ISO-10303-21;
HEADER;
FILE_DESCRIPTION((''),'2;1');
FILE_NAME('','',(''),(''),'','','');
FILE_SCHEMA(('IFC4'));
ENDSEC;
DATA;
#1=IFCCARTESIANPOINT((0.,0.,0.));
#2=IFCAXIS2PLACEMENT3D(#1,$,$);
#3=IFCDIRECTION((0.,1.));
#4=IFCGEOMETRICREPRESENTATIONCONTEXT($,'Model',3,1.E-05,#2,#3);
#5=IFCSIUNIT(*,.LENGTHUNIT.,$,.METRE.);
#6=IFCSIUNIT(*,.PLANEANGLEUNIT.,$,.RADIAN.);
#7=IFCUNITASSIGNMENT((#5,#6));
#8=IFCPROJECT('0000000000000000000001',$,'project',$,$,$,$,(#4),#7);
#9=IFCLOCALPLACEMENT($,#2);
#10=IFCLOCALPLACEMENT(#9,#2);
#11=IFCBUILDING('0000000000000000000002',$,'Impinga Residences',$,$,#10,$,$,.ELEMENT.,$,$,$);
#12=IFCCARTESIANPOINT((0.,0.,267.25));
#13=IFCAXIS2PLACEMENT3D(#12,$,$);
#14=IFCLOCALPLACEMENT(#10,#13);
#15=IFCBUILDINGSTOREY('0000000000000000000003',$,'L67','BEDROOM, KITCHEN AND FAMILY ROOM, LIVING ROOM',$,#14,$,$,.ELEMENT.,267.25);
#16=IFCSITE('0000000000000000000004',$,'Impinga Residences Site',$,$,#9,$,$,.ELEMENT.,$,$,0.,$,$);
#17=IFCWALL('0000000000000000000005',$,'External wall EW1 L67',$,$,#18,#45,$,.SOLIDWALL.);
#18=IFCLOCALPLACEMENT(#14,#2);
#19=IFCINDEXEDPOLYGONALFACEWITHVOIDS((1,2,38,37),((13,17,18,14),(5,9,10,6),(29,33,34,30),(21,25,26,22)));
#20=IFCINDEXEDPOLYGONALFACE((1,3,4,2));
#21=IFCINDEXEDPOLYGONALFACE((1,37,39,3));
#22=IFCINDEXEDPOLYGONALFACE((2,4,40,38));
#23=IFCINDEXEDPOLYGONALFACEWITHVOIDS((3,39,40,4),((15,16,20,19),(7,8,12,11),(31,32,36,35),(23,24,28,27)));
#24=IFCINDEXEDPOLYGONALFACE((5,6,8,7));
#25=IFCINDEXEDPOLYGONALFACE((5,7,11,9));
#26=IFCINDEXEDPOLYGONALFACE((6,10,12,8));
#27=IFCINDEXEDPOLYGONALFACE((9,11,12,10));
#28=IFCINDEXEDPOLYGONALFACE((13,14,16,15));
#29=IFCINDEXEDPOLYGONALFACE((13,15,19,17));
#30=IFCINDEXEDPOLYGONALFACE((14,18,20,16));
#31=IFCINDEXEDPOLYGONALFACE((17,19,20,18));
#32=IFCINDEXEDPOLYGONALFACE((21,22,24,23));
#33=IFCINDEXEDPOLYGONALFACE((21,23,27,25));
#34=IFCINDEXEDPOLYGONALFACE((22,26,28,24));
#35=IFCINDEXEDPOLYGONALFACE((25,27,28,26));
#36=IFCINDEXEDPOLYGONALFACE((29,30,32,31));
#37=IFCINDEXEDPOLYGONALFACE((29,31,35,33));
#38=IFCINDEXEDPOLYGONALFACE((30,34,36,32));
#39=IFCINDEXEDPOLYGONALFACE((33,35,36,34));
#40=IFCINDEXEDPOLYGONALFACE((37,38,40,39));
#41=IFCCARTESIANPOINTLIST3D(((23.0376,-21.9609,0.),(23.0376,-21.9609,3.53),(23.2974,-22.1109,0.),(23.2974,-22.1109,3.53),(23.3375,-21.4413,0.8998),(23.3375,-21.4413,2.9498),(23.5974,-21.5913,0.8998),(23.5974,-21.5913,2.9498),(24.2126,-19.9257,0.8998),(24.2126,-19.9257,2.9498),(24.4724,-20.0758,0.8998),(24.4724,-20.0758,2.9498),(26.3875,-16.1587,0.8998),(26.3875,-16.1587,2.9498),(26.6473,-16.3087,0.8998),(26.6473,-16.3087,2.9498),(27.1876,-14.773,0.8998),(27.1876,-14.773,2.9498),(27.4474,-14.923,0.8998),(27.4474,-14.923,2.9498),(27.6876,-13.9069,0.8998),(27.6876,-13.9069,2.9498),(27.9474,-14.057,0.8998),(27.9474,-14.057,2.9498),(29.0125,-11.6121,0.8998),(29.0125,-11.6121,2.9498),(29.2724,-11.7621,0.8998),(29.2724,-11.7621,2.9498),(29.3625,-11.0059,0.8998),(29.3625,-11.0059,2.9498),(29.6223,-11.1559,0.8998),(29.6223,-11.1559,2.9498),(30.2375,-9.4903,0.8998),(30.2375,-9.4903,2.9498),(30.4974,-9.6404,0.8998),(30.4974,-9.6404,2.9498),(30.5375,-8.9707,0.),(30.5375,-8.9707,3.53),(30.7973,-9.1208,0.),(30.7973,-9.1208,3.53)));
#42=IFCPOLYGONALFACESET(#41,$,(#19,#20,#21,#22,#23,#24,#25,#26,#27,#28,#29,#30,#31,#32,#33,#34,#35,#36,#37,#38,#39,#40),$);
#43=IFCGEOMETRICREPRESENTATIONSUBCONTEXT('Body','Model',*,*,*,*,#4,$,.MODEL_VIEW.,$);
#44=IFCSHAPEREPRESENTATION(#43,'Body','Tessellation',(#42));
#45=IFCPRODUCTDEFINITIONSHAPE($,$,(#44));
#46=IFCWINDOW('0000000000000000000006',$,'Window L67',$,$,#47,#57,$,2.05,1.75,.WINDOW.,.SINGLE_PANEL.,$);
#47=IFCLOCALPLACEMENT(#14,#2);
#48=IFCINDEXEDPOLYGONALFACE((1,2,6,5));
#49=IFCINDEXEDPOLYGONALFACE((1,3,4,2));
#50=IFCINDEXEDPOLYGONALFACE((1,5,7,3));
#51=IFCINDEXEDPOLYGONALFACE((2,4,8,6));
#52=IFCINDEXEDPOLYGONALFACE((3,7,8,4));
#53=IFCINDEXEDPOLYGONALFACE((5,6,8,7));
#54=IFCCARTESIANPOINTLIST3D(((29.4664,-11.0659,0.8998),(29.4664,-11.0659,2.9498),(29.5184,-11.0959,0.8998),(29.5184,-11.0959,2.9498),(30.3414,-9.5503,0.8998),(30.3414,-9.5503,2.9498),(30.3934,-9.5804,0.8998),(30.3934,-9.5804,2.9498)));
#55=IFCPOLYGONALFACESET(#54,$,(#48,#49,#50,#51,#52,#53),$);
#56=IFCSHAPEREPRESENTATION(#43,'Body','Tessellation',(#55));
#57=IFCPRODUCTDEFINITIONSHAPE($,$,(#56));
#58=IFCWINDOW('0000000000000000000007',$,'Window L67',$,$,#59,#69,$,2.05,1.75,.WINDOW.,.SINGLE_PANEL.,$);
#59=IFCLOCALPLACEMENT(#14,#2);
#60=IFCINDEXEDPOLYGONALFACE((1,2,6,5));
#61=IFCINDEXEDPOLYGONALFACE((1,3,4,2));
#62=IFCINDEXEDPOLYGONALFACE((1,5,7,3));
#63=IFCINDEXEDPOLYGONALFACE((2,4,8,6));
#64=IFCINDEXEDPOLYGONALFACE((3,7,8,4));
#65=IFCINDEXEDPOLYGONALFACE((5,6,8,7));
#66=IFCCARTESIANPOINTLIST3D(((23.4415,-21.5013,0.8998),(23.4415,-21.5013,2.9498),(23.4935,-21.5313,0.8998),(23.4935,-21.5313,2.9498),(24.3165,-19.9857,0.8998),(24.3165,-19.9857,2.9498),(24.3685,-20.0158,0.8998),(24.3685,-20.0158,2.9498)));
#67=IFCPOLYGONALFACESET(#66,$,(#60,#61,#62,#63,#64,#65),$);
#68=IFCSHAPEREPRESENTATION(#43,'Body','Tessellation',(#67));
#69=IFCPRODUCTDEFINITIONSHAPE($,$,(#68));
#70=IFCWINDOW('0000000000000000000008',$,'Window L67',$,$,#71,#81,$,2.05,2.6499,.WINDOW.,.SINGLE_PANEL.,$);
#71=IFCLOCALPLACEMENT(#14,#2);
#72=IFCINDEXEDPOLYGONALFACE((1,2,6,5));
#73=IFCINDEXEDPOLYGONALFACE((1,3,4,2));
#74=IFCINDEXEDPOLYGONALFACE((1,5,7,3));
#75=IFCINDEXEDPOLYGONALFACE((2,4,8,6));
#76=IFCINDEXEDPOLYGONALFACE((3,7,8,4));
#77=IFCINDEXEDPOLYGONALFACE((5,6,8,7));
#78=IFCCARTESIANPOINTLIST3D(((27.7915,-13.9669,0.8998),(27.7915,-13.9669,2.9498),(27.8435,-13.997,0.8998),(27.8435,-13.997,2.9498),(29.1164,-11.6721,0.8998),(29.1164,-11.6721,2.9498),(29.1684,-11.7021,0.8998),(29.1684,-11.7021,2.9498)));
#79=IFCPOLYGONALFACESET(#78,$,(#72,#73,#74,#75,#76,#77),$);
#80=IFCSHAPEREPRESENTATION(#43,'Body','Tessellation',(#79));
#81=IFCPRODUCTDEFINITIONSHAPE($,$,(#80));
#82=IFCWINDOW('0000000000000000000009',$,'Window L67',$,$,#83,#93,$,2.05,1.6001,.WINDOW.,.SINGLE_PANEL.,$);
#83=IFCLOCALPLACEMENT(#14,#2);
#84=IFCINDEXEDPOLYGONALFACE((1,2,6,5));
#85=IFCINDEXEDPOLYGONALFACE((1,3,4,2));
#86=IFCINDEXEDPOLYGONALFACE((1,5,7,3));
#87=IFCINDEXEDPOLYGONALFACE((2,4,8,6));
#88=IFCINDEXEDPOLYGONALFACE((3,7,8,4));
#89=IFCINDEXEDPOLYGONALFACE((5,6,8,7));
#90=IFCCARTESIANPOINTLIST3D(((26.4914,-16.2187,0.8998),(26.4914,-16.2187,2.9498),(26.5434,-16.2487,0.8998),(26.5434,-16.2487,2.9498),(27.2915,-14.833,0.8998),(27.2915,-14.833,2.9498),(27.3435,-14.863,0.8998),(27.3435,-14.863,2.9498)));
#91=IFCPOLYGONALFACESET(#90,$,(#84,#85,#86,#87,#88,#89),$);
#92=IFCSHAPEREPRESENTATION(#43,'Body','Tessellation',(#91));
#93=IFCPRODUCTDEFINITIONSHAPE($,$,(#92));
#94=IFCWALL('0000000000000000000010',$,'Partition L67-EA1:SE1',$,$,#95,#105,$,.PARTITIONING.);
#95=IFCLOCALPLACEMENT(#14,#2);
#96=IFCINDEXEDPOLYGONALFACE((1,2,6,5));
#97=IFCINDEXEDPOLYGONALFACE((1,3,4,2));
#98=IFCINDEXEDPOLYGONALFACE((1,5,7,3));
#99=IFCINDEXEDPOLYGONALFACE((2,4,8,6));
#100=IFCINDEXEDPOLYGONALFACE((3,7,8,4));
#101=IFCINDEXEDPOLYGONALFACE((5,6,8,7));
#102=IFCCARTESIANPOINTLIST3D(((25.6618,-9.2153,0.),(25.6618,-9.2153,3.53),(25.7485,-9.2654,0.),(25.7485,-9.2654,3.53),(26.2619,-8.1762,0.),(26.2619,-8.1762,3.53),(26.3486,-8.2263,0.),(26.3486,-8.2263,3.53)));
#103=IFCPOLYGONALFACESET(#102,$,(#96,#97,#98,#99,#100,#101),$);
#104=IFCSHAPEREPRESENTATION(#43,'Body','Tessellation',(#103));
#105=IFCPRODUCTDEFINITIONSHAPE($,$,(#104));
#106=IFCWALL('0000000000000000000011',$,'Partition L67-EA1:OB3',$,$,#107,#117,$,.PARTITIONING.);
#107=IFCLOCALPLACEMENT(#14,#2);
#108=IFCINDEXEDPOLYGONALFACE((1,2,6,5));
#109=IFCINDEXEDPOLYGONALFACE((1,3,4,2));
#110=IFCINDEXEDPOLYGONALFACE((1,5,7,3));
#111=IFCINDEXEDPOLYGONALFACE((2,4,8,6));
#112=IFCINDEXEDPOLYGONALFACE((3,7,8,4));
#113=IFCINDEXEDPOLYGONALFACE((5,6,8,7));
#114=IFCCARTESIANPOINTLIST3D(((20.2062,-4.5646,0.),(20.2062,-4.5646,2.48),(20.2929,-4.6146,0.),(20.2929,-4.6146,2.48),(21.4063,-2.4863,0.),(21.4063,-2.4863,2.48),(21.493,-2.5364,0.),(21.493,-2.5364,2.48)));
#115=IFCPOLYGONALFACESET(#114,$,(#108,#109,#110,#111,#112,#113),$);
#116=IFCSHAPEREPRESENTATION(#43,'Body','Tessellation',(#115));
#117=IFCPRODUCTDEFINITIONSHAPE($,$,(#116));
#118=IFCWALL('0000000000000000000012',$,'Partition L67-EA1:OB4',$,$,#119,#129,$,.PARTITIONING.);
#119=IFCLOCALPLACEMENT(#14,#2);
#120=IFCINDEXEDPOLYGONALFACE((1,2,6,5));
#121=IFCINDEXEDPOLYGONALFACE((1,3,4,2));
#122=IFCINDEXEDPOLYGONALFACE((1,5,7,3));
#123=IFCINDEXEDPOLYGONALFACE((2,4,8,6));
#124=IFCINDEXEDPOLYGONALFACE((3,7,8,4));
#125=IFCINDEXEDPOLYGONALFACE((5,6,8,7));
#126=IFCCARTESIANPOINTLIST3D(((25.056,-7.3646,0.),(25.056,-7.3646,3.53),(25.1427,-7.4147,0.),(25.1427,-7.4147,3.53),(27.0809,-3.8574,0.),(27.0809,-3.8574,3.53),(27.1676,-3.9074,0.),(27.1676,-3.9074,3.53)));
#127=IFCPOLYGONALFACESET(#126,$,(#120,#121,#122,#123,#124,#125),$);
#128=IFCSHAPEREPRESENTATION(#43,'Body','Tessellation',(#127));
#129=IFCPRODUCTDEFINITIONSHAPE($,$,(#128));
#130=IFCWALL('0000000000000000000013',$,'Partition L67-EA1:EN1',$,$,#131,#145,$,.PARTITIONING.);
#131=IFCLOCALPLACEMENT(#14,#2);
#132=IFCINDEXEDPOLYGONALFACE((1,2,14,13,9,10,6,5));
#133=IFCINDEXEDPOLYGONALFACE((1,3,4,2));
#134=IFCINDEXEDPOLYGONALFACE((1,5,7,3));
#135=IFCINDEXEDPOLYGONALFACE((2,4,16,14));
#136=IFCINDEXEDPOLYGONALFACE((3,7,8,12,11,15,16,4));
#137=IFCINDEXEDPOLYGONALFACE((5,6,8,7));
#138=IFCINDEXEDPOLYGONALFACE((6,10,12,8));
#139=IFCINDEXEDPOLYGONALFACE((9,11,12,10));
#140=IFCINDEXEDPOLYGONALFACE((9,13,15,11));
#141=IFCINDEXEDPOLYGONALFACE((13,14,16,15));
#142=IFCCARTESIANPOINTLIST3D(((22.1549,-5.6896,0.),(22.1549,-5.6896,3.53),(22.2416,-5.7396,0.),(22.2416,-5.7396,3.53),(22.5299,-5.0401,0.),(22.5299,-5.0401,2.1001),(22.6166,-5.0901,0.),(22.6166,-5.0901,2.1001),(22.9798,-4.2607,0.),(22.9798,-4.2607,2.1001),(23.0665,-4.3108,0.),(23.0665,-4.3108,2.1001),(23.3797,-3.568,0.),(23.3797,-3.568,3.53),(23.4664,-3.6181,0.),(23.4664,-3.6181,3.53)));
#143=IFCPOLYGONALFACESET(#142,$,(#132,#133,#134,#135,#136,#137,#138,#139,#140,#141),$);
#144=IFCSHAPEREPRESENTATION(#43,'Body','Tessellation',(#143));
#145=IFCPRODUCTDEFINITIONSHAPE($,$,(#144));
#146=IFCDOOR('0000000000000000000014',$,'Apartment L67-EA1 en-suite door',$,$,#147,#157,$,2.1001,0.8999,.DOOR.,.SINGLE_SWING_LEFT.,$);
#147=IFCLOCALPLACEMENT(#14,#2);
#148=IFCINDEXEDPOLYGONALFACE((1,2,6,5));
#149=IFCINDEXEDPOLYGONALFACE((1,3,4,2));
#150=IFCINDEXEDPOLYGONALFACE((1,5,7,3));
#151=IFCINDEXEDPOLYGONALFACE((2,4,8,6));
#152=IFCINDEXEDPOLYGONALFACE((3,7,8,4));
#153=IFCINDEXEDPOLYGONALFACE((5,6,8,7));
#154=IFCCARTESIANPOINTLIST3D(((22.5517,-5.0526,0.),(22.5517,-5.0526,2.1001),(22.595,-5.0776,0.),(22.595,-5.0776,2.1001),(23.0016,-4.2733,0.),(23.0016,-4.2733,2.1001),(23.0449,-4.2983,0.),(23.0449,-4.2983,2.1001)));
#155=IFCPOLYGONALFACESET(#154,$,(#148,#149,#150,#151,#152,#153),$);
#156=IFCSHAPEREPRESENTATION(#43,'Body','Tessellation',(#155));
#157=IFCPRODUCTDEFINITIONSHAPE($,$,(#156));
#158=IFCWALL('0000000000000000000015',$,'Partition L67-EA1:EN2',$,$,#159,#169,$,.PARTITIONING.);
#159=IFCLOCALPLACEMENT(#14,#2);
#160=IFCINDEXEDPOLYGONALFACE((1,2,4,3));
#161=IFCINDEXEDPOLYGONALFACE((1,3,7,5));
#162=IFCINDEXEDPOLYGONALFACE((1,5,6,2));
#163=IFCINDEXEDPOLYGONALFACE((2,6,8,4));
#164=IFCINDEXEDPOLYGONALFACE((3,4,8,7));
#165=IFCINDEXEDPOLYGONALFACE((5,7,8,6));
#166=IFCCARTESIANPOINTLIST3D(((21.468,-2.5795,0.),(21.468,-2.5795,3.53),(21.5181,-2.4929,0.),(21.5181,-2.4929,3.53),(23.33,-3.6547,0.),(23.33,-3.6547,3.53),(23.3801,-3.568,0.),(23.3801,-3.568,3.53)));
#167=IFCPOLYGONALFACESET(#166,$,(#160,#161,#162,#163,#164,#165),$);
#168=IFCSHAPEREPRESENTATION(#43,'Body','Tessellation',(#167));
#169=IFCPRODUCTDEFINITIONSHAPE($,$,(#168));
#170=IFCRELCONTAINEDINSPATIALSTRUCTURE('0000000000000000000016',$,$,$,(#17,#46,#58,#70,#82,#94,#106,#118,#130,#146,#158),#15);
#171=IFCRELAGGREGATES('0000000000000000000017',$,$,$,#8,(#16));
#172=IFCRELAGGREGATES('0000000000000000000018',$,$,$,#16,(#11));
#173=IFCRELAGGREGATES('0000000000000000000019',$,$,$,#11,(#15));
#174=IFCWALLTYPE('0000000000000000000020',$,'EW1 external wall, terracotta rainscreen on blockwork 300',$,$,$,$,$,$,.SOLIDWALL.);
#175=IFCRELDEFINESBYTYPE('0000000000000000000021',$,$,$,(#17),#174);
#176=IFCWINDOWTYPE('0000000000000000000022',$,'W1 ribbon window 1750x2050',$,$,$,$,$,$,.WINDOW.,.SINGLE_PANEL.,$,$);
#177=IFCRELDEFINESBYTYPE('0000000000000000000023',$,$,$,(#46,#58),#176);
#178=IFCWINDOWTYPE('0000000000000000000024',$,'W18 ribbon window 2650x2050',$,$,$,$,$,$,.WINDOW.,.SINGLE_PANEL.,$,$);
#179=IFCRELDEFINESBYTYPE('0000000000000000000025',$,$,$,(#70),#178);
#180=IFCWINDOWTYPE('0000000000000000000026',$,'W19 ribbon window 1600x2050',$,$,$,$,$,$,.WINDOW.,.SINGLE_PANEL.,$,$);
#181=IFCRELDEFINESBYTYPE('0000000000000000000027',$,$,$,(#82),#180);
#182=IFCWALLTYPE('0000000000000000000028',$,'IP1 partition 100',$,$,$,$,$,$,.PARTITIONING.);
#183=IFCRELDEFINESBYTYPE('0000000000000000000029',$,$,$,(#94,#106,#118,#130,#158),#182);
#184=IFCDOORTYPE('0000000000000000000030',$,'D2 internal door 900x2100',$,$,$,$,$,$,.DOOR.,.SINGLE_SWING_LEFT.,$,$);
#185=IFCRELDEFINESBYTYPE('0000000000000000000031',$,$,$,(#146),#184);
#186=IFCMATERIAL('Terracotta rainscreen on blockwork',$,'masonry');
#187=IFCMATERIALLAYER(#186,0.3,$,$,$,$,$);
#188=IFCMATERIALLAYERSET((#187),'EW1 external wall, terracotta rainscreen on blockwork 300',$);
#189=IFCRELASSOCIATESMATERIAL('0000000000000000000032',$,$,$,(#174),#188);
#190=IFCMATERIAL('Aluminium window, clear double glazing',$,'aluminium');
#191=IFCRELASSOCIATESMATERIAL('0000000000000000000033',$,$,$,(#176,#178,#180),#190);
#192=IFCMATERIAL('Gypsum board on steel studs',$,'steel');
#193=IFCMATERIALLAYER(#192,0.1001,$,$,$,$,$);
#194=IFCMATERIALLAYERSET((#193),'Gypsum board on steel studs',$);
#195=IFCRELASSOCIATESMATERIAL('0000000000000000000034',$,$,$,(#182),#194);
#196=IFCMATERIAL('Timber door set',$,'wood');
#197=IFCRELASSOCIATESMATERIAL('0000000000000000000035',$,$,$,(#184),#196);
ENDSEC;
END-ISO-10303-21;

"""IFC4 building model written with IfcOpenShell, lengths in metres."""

from ifc_helpers import new_model, si_unit, direction, frame, frame_2d, origin, place, context, subcontext, project, spatial, rectangle, extrude, material, layer, layer_set, type_object, element, fill, save


model = new_model("IFC4")

# Units and contexts
model_context = context("Model", 3, precision=1e-05, world=origin(), true_north=direction((0.0, 1.0)))
body_context = subcontext(model_context, "Body", "Model", "MODEL_VIEW")
ifc_project = project(units=[si_unit("LENGTHUNIT", "METRE"), si_unit("PLANEANGLEUNIT", "RADIAN")], contexts=[model_context])

# Site, building, storey
site_placement = place(None, origin())
site = spatial("IfcSite", under=ifc_project, at=site_placement, Name="Impinga Residences Site", CompositionType="ELEMENT", RefElevation=0.0)
building_placement = place(site_placement, origin())
building = spatial("IfcBuilding", under=site, at=building_placement, Name="Impinga Residences", CompositionType="ELEMENT")
storey_placement = place(building_placement, frame((0.0, 0.0, 267.25)))
storey = spatial("IfcBuildingStorey", under=building, at=storey_placement, Name="L67", Description="BEDROOM, KITCHEN AND FAMILY ROOM, LIVING ROOM", CompositionType="ELEMENT", Elevation=267.25)

# Shared definitions
ifc_material_1 = material(Name="Timber door set", Category="wood")

# Shared definitions
ifc_material_2 = material(Name="Terracotta rainscreen on blockwork", Category="masonry")
ifc_layer_1 = layer(ifc_material_2, 0.3)
ifc_layer_set_1 = layer_set([ifc_layer_1], Name="EW1 external wall, terracotta rainscreen on blockwork 300")
wall_type_1 = type_object("IfcWallType", Name="EW1 external wall, terracotta rainscreen on blockwork 300", PredefinedType="SOLIDWALL", material=ifc_layer_set_1)

# Wall, openings, windows
wall_1_placement = place(storey_placement, frame((30.6675, -9.0457, 0.0), z_axis=(0.0, 0.0, 1.0), x_axis=(-0.500004, -0.866023, 0.0)))
wall_1 = element("IfcWall", 1, at=wall_1_placement, inside=storey, type_object=wall_type_1, Name="External wall EW1 L67", PredefinedType="SOLIDWALL", context=body_context, shape_type="SweptSolid", body=[
    extrude(rectangle(XDim=14.9998, YDim=0.3, at=frame_2d((7.5, 0.0))), origin(), (0.0, 0.0, 1.0), 3.53),
])
opening_1_placement = place(wall_1_placement, frame((0.6001, 0.0, 0.8999)))
opening_1 = element("IfcOpeningElement", 2, at=opening_1_placement, cuts=wall_1, PredefinedType="OPENING", context=body_context, shape_type="SweptSolid", body=[
    extrude(rectangle(XDim=1.75, YDim=2.05, at=frame_2d((0.875, 1.0249))), frame((0.0, 0.1599, 0.0), z_axis=(0.0, -1.0, 0.0), x_axis=(1.0, 0.0, 0.0)), (0.0, 0.0, 1.0), 0.3201),
])
opening_2_placement = place(wall_1_placement, frame((3.05, 0.0, 0.8999)))
opening_2 = element("IfcOpeningElement", 3, at=opening_2_placement, cuts=wall_1, PredefinedType="OPENING", context=body_context, shape_type="SweptSolid", body=[
    extrude(rectangle(XDim=2.6499, YDim=2.05, at=frame_2d((1.325, 1.0249))), frame((0.0, 0.1599, 0.0), z_axis=(0.0, -1.0, 0.0), x_axis=(1.0, 0.0, 0.0)), (0.0, 0.0, 1.0), 0.3201),
])
opening_3_placement = place(wall_1_placement, frame((6.7, 0.0, 0.8999)))
opening_3 = element("IfcOpeningElement", 4, at=opening_3_placement, cuts=wall_1, PredefinedType="OPENING", context=body_context, shape_type="SweptSolid", body=[
    extrude(rectangle(XDim=1.6001, YDim=2.05, at=frame_2d((0.8, 1.0249))), frame((0.0, 0.1599, 0.0), z_axis=(0.0, -1.0, 0.0), x_axis=(1.0, 0.0, 0.0)), (0.0, 0.0, 1.0), 0.3201),
])
opening_4_placement = place(wall_1_placement, frame((12.6499, 0.0, 0.8999)))
opening_4 = element("IfcOpeningElement", 5, at=opening_4_placement, cuts=wall_1, PredefinedType="OPENING", context=body_context, shape_type="SweptSolid", body=[
    extrude(rectangle(XDim=1.75, YDim=2.05, at=frame_2d((0.875, 1.0249))), frame((0.0, 0.1599, 0.0), z_axis=(0.0, -1.0, 0.0), x_axis=(1.0, 0.0, 0.0)), (0.0, 0.0, 1.0), 0.3201),
])
ifc_material_3 = material(Name="Aluminium window, clear double glazing", Category="aluminium")
window_type_1 = type_object("IfcWindowType", Name="W1 ribbon window 1750x2050", PartitioningType="SINGLE_PANEL", PredefinedType="WINDOW", material=ifc_material_3)
window_1_placement = place(opening_1_placement, origin())
window_1 = element("IfcWindow", 6, at=window_1_placement, inside=storey, type_object=window_type_1, Name="Window L67", OverallHeight=2.05, OverallWidth=1.75, PartitioningType="SINGLE_PANEL", PredefinedType="WINDOW", context=body_context, shape_type="SweptSolid", body=[
    extrude(rectangle(XDim=1.75, YDim=2.05, at=frame_2d((0.875, 1.0249))), frame((0.0, 0.03, 0.0), z_axis=(0.0, -1.0, 0.0), x_axis=(1.0, 0.0, 0.0)), (0.0, 0.0, 1.0), 0.0601),
])
fill(opening_1, window_1)
window_2_placement = place(opening_4_placement, origin())
window_2 = element("IfcWindow", 7, at=window_2_placement, inside=storey, type_object=window_type_1, Name="Window L67", OverallHeight=2.05, OverallWidth=1.75, PartitioningType="SINGLE_PANEL", PredefinedType="WINDOW", context=body_context, shape_type="SweptSolid", body=[
    extrude(rectangle(XDim=1.75, YDim=2.05, at=frame_2d((0.875, 1.0249))), frame((0.0, 0.03, 0.0), z_axis=(0.0, -1.0, 0.0), x_axis=(1.0, 0.0, 0.0)), (0.0, 0.0, 1.0), 0.0601),
])
fill(opening_4, window_2)
window_type_2 = type_object("IfcWindowType", Name="W18 ribbon window 2650x2050", PartitioningType="SINGLE_PANEL", PredefinedType="WINDOW", material=ifc_material_3)
window_3_placement = place(opening_2_placement, origin())
window_3 = element("IfcWindow", 8, at=window_3_placement, inside=storey, type_object=window_type_2, Name="Window L67", OverallHeight=2.05, OverallWidth=2.6499, PartitioningType="SINGLE_PANEL", PredefinedType="WINDOW", context=body_context, shape_type="SweptSolid", body=[
    extrude(rectangle(XDim=2.6499, YDim=2.05, at=frame_2d((1.325, 1.0249))), frame((0.0, 0.03, 0.0), z_axis=(0.0, -1.0, 0.0), x_axis=(1.0, 0.0, 0.0)), (0.0, 0.0, 1.0), 0.0601),
])
fill(opening_2, window_3)
window_type_3 = type_object("IfcWindowType", Name="W19 ribbon window 1600x2050", PartitioningType="SINGLE_PANEL", PredefinedType="WINDOW", material=ifc_material_3)
window_4_placement = place(opening_3_placement, origin())
window_4 = element("IfcWindow", 9, at=window_4_placement, inside=storey, type_object=window_type_3, Name="Window L67", OverallHeight=2.05, OverallWidth=1.6001, PartitioningType="SINGLE_PANEL", PredefinedType="WINDOW", context=body_context, shape_type="SweptSolid", body=[
    extrude(rectangle(XDim=1.6001, YDim=2.05, at=frame_2d((0.8, 1.0249))), frame((0.0, 0.03, 0.0), z_axis=(0.0, -1.0, 0.0), x_axis=(1.0, 0.0, 0.0)), (0.0, 0.0, 1.0), 0.0601),
])
fill(opening_3, window_4)

# Walls
ifc_material_4 = material(Name="Gypsum board on steel studs", Category="steel")
ifc_layer_2 = layer(ifc_material_4, 0.1001)
ifc_layer_set_2 = layer_set([ifc_layer_2], Name="Gypsum board on steel studs")
wall_type_2 = type_object("IfcWallType", Name="IP1 partition 100", PredefinedType="PARTITIONING", material=ifc_layer_set_2)
wall_2_placement = place(storey_placement, frame((25.7051, -9.2405, 0.0), z_axis=(0.0, 0.0, 1.0), x_axis=(0.500122, 0.865955, 0.0)))
element("IfcWall", 10, at=wall_2_placement, inside=storey, type_object=wall_type_2, Name="Partition L67-EA1:SE1", PredefinedType="PARTITIONING", context=body_context, shape_type="SweptSolid", body=[
    extrude(rectangle(XDim=1.2, YDim=0.1001, at=frame_2d((0.6001, 0.0))), origin(), (0.0, 0.0, 1.0), 3.53),
])
wall_3_placement = place(storey_placement, frame((20.2495, -4.5896, 0.0), z_axis=(0.0, 0.0, 1.0), x_axis=(0.500078, 0.865981, 0.0)))
element("IfcWall", 11, at=wall_3_placement, inside=storey, type_object=wall_type_2, Name="Partition L67-EA1:OB3", PredefinedType="PARTITIONING", context=body_context, shape_type="SweptSolid", body=[
    extrude(rectangle(XDim=2.3999, YDim=0.1001, at=frame_2d((1.2, 0.0))), origin(), (0.0, 0.0, 1.0), 2.48),
])
wall_4_placement = place(storey_placement, frame((25.0994, -7.3896, 0.0), z_axis=(0.0, 0.0, 1.0), x_axis=(0.49999, 0.866031, 0.0)))
element("IfcWall", 12, at=wall_4_placement, inside=storey, type_object=wall_type_2, Name="Partition L67-EA1:OB4", PredefinedType="PARTITIONING", context=body_context, shape_type="SweptSolid", body=[
    extrude(rectangle(XDim=4.0498, YDim=0.1001, at=frame_2d((2.0249, 0.0))), origin(), (0.0, 0.0, 1.0), 3.53),
])

# Wall, opening, door
wall_5_placement = place(storey_placement, frame((22.1982, -5.7146, 0.0), z_axis=(0.0, 0.0, 1.0), x_axis=(0.499987, 0.866033, 0.0)))
wall_5 = element("IfcWall", 13, at=wall_5_placement, inside=storey, type_object=wall_type_2, Name="Partition L67-EA1:EN1", PredefinedType="PARTITIONING", context=body_context, shape_type="SweptSolid", body=[
    extrude(rectangle(XDim=2.4497, YDim=0.1001, at=frame_2d((1.2249, 0.0))), origin(), (0.0, 0.0, 1.0), 3.53),
])
opening_5_placement = place(wall_5_placement, frame((0.75, 0.0, 0.0)))
opening_5 = element("IfcOpeningElement", 14, at=opening_5_placement, cuts=wall_5, PredefinedType="OPENING", context=body_context, shape_type="SweptSolid", body=[
    extrude(rectangle(XDim=0.8999, YDim=2.1001, at=frame_2d((0.45, 1.05))), frame((0.0, 0.0601, 0.0), z_axis=(0.0, -1.0, 0.0), x_axis=(1.0, 0.0, 0.0)), (0.0, 0.0, 1.0), 0.1201),
])
door_type_1 = type_object("IfcDoorType", Name="D2 internal door 900x2100", OperationType="SINGLE_SWING_LEFT", PredefinedType="DOOR", material=ifc_material_1)
door_1_placement = place(opening_5_placement, origin())
door_1 = element("IfcDoor", 15, at=door_1_placement, inside=storey, type_object=door_type_1, Name="Apartment L67-EA1 en-suite door", OperationType="SINGLE_SWING_LEFT", OverallHeight=2.1001, OverallWidth=0.8999, PredefinedType="DOOR", context=body_context, shape_type="SweptSolid", body=[
    extrude(rectangle(XDim=0.8999, YDim=2.1001, at=frame_2d((0.45, 1.05))), frame((0.0, 0.0249, 0.0), z_axis=(0.0, -1.0, 0.0), x_axis=(1.0, 0.0, 0.0)), (0.0, 0.0, 1.0), 0.05),
])
fill(opening_5, door_1)

# Wall
wall_6_placement = place(storey_placement, frame((21.4929, -2.5361, 0.0), z_axis=(0.0, 0.0, 1.0), x_axis=(0.865998, -0.500047, 0.0)))
element("IfcWall", 16, at=wall_6_placement, inside=storey, type_object=wall_type_2, Name="Partition L67-EA1:EN2", PredefinedType="PARTITIONING", context=body_context, shape_type="SweptSolid", body=[
    extrude(rectangle(XDim=2.1501, YDim=0.1001, at=frame_2d((1.0752, 0.0))), origin(), (0.0, 0.0, 1.0), 3.53),
])

save(model, "model.ifc")
